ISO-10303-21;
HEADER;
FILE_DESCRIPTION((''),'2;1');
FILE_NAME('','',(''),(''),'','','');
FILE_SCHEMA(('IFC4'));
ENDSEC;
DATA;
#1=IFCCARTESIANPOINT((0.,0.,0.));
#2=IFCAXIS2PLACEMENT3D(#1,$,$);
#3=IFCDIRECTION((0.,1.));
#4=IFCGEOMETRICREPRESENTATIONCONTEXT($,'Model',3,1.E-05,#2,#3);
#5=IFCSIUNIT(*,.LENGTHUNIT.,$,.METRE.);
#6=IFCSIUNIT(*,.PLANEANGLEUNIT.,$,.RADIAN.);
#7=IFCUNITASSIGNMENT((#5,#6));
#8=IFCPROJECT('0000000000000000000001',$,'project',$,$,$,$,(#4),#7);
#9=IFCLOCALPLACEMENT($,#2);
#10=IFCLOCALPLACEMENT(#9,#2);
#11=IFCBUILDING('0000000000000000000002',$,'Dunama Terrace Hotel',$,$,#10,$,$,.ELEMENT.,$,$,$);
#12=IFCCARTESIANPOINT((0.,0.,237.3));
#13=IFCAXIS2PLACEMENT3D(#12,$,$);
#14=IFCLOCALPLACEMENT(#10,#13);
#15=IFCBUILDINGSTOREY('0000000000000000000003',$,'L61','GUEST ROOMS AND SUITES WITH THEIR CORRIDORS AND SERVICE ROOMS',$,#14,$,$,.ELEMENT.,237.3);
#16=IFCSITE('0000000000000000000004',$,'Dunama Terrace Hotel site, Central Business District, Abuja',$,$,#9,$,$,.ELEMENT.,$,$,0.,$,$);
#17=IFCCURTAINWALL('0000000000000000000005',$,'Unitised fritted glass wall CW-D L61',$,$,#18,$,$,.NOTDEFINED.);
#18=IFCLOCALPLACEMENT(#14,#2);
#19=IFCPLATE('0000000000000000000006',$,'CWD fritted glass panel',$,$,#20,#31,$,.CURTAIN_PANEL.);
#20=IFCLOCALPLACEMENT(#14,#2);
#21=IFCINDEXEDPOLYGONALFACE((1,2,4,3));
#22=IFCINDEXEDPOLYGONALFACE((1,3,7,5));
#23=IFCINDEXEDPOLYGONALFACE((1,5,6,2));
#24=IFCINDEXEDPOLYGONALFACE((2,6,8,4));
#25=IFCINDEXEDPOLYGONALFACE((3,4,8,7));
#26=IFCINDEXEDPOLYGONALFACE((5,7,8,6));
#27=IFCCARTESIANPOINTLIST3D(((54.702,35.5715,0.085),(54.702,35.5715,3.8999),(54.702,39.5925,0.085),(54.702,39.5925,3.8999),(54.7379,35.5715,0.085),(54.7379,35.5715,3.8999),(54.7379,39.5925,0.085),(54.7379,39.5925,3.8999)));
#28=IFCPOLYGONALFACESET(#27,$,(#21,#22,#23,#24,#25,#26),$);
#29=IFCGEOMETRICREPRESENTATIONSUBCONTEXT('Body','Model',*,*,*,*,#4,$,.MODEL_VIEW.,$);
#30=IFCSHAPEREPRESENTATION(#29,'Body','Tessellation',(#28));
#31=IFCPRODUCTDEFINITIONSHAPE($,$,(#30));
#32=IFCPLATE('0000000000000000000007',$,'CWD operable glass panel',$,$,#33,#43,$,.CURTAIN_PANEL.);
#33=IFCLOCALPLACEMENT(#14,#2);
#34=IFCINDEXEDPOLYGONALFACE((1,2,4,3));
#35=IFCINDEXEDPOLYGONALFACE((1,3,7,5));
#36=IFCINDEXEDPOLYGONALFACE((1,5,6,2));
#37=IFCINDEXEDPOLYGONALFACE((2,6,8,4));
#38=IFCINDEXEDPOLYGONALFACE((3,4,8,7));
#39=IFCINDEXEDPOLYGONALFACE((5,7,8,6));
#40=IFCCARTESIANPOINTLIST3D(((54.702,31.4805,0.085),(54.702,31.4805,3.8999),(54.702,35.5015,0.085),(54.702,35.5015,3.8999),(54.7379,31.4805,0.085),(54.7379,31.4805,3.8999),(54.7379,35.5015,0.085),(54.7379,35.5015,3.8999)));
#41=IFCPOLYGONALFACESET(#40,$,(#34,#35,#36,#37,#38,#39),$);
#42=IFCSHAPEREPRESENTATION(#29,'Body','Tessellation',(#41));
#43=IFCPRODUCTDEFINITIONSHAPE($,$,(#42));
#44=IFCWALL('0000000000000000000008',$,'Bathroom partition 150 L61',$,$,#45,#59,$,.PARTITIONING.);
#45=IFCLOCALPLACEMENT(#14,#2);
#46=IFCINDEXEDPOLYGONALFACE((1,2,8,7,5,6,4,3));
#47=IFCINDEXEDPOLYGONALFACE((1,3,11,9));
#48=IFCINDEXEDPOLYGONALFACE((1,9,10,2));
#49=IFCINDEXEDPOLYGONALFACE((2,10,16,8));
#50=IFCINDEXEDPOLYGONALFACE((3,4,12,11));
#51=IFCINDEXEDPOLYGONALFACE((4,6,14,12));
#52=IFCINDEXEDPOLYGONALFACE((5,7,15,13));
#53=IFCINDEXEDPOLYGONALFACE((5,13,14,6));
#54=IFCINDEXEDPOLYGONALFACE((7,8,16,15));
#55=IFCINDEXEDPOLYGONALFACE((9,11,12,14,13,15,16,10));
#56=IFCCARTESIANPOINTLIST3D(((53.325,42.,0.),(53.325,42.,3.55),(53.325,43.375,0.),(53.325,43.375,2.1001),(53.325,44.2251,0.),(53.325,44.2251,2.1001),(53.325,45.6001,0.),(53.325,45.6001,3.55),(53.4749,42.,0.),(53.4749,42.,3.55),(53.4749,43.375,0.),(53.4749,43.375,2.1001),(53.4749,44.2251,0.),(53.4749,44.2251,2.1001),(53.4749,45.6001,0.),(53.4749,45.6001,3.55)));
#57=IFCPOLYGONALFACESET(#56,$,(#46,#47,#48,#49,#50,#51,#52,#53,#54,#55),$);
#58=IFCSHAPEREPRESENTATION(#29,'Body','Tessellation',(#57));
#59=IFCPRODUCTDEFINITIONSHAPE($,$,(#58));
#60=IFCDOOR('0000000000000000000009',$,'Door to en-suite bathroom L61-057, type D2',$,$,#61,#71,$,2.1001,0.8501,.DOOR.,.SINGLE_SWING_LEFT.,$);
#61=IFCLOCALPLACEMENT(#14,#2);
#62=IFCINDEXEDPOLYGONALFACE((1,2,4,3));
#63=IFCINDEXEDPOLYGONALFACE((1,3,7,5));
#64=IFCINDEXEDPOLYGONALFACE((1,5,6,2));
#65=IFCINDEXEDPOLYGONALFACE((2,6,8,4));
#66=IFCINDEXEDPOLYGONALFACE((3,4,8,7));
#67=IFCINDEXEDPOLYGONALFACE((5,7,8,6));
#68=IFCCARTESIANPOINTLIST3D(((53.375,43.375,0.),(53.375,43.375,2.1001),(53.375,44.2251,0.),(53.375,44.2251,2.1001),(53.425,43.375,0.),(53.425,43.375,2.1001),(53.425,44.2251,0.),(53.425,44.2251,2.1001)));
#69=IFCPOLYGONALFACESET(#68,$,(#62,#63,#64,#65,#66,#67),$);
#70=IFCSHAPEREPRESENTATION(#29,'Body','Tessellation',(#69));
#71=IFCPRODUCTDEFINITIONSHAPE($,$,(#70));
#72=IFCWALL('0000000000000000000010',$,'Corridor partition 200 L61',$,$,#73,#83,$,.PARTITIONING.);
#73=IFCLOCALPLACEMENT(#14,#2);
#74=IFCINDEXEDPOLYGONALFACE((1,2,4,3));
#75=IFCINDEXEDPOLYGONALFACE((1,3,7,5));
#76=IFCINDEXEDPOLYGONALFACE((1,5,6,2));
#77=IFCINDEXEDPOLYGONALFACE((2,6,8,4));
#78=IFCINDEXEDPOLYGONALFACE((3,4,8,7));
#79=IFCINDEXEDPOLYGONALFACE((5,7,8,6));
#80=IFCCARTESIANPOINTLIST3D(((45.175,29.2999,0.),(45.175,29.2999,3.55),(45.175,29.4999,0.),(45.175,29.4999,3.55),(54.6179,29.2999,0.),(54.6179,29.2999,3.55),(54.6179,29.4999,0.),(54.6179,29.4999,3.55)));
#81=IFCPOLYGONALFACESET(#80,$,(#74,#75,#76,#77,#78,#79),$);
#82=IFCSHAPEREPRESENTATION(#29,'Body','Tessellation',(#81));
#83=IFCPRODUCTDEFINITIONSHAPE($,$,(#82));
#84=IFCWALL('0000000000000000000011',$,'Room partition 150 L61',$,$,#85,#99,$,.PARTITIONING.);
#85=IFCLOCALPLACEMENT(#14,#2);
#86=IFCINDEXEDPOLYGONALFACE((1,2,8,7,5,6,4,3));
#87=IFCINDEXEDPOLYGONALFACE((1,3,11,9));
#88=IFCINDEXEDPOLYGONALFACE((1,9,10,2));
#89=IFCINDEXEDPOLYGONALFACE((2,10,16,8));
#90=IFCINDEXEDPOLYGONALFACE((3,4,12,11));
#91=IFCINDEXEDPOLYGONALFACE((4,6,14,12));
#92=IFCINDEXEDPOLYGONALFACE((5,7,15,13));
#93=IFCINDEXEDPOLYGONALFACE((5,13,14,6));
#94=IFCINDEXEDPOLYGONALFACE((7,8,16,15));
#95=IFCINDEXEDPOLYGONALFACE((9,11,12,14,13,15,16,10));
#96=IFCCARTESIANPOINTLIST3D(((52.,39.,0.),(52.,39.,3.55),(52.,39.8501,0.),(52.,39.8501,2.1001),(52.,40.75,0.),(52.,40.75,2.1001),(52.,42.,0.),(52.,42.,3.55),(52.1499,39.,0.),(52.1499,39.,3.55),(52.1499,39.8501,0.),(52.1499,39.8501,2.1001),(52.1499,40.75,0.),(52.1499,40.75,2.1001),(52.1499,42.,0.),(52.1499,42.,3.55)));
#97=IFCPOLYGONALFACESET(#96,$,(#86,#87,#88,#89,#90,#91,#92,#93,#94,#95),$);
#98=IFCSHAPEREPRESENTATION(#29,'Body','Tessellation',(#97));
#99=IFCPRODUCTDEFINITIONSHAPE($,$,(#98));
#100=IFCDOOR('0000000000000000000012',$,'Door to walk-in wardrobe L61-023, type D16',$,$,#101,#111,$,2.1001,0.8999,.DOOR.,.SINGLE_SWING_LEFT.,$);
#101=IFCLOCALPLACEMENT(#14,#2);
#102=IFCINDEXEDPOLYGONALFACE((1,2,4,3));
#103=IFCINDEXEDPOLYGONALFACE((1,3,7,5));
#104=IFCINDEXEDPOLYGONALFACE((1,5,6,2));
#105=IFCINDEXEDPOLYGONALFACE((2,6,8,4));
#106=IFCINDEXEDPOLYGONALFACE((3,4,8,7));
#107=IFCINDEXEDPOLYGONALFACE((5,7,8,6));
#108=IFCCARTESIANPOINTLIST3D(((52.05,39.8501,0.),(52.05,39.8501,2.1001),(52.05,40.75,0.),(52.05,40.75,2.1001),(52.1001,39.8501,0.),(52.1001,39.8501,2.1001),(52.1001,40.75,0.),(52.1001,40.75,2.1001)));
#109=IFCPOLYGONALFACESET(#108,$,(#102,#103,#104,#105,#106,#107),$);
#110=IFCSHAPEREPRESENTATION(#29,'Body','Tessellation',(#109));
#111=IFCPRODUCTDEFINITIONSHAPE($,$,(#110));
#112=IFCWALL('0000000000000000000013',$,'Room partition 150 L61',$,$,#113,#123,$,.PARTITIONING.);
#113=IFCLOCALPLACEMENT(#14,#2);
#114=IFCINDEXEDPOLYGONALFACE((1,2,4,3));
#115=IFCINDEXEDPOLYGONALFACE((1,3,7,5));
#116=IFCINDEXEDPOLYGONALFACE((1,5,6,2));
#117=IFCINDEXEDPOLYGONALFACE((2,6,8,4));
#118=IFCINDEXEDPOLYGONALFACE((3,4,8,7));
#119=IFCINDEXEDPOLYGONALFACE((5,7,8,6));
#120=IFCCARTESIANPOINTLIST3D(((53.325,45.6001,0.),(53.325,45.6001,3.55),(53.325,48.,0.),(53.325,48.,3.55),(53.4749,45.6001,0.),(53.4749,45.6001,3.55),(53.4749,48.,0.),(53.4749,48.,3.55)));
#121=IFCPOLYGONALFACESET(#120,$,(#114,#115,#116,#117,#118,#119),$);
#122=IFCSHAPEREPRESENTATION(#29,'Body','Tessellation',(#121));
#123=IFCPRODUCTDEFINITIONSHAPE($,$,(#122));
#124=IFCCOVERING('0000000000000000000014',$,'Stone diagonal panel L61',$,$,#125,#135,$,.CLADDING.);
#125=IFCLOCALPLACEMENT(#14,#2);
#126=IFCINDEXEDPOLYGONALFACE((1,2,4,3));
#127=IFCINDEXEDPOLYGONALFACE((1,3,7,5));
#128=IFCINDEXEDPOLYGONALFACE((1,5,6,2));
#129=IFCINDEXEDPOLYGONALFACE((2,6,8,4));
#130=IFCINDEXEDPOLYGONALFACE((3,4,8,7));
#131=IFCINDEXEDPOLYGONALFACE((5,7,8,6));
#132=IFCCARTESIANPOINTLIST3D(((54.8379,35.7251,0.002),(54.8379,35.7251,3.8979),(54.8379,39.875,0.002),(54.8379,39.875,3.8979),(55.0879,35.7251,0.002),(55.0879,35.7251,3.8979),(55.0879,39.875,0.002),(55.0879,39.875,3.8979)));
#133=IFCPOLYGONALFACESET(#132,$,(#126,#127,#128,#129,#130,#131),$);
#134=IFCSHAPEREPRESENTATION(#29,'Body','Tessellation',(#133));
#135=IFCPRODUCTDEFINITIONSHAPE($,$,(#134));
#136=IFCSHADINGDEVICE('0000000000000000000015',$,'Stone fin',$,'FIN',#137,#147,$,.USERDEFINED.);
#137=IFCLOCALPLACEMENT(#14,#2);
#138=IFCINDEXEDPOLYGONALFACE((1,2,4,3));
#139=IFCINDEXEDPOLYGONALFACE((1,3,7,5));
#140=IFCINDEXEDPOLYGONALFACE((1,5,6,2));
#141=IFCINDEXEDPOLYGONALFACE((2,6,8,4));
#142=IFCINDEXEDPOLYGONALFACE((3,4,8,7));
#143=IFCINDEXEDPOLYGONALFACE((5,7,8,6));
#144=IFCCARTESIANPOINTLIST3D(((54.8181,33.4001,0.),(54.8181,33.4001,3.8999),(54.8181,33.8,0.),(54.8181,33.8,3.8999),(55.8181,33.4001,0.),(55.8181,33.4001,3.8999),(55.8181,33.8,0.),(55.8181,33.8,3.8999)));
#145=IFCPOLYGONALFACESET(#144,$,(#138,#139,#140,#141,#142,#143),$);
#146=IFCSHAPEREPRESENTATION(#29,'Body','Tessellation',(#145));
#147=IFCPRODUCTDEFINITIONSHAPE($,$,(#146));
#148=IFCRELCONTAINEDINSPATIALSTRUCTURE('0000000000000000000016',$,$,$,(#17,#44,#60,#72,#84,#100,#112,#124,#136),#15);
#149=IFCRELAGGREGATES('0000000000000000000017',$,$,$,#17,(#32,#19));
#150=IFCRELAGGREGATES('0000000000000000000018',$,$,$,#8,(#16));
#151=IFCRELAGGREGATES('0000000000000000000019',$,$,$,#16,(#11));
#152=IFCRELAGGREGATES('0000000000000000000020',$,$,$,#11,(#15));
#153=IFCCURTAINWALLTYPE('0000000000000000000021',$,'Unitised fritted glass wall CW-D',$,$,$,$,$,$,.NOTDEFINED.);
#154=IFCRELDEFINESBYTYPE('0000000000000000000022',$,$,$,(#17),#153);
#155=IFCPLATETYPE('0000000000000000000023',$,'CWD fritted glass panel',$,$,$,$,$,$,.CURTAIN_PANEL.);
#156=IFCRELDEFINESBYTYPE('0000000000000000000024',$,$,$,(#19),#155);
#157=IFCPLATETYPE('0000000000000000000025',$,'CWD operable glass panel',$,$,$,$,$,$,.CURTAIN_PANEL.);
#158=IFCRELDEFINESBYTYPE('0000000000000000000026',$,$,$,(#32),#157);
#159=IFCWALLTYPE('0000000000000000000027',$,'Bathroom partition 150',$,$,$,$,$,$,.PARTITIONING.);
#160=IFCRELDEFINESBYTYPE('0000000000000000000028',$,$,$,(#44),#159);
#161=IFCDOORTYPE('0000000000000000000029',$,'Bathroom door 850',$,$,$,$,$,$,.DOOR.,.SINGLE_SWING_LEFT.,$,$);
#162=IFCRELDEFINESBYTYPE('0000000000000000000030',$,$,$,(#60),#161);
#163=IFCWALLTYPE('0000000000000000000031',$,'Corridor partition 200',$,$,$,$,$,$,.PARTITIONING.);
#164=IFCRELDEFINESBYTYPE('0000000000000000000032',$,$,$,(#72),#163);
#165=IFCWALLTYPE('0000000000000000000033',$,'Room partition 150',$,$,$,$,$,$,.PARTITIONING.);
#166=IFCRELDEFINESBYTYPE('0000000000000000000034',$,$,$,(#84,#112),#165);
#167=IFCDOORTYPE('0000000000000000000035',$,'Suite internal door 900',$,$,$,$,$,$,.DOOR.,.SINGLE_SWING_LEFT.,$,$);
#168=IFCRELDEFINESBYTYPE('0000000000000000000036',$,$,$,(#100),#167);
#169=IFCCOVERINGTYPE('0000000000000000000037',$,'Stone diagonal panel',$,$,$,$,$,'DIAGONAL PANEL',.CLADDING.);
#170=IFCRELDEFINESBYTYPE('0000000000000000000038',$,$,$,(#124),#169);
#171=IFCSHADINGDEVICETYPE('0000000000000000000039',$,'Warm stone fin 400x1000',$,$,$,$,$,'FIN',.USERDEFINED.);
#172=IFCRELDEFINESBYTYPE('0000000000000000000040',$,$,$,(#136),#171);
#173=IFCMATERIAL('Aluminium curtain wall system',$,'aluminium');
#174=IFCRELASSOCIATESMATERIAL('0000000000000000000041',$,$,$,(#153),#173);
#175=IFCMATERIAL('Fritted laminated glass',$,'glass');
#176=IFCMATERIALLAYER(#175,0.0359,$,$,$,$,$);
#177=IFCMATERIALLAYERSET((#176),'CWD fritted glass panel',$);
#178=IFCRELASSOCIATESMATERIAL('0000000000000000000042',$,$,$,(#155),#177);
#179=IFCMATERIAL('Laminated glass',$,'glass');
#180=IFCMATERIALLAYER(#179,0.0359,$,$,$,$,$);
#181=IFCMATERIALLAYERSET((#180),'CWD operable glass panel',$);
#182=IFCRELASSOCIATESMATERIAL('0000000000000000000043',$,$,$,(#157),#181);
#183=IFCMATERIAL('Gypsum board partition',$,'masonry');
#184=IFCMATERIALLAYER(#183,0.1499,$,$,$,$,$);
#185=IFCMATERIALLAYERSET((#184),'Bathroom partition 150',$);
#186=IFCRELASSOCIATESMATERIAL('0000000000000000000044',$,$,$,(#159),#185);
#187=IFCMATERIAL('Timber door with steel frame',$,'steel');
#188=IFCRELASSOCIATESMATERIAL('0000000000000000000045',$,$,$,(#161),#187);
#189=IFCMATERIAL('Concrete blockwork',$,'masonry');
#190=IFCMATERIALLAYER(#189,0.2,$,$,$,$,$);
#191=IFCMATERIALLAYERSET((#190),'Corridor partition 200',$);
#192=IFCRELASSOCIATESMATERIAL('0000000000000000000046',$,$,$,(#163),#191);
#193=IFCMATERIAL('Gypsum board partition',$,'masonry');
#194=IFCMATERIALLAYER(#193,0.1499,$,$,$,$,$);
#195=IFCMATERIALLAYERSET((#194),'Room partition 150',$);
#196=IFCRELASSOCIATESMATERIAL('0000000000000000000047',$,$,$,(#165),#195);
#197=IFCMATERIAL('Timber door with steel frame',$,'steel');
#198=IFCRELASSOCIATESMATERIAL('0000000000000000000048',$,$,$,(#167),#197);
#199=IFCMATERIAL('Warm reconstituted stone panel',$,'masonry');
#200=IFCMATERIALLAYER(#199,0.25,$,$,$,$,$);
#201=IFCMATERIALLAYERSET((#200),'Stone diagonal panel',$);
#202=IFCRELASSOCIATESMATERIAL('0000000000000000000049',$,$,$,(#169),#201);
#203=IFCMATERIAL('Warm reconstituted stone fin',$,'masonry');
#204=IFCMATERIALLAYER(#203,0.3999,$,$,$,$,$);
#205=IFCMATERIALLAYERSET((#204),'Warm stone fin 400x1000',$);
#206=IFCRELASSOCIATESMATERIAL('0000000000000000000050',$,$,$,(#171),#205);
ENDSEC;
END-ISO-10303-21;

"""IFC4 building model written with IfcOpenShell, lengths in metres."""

from ifc_helpers import new_model, si_unit, direction, frame, frame_2d, origin, origin_2d, place, context, subcontext, project, spatial, rectangle, extrude, material, layer, layer_set, type_object, element, fill, aggregate, save


model = new_model("IFC4")

# Units and contexts
model_context = context("Model", 3, precision=1e-05, world=origin(), true_north=direction((0.0, 1.0)))
body_context = subcontext(model_context, "Body", "Model", "MODEL_VIEW")
ifc_project = project(units=[si_unit("LENGTHUNIT", "METRE"), si_unit("PLANEANGLEUNIT", "RADIAN")], contexts=[model_context])

# Site, building, storey
site_placement = place(None, origin())
site = spatial("IfcSite", under=ifc_project, at=site_placement, Name="Dunama Terrace Hotel site, Central Business District, Abuja", CompositionType="ELEMENT", RefElevation=0.0)
building_placement = place(site_placement, origin())
building = spatial("IfcBuilding", under=site, at=building_placement, Name="Dunama Terrace Hotel", CompositionType="ELEMENT")
storey_placement = place(building_placement, frame((0.0, 0.0, 237.3)))
storey = spatial("IfcBuildingStorey", under=building, at=storey_placement, Name="L61", Description="GUEST ROOMS AND SUITES WITH THEIR CORRIDORS AND SERVICE ROOMS", CompositionType="ELEMENT", Elevation=237.3)

# Curtain wall
ifc_material_1 = material(Name="Aluminium curtain wall system", Category="aluminium")
curtain_wall_type = type_object("IfcCurtainWallType", Name="Unitised fritted glass wall CW-D", PredefinedType="NOTDEFINED", material=ifc_material_1)
curtain_wall_placement = place(storey_placement, origin())
curtain_wall = element("IfcCurtainWall", 1, at=curtain_wall_placement, inside=storey, type_object=curtain_wall_type, Name="Unitised fritted glass wall CW-D L61", PredefinedType="NOTDEFINED")

# Plates
ifc_material_2 = material(Name="Fritted laminated glass", Category="glass")
ifc_layer_1 = layer(ifc_material_2, 0.0359)
ifc_layer_set_1 = layer_set([ifc_layer_1], Name="CWD fritted glass panel")
plate_type_1 = type_object("IfcPlateType", Name="CWD fritted glass panel", PredefinedType="CURTAIN_PANEL", material=ifc_layer_set_1)
plate_1_placement = place(storey_placement, frame((54.72, 37.582, 0.085), z_axis=(0.0, 0.0, 1.0), x_axis=(0.0, 1.0, 0.0)))
plate_1 = element("IfcPlate", 2, at=plate_1_placement, type_object=plate_type_1, Name="CWD fritted glass panel", PredefinedType="CURTAIN_PANEL", context=body_context, shape_type="SweptSolid", body=[
    extrude(rectangle(XDim=4.021, YDim=0.0359, at=origin_2d()), origin(), (0.0, 0.0, 1.0), 3.8149),
])
ifc_material_3 = material(Name="Laminated glass", Category="glass")
ifc_layer_2 = layer(ifc_material_3, 0.0359)
ifc_layer_set_2 = layer_set([ifc_layer_2], Name="CWD operable glass panel")
plate_type_2 = type_object("IfcPlateType", Name="CWD operable glass panel", PredefinedType="CURTAIN_PANEL", material=ifc_layer_set_2)
plate_2_placement = place(storey_placement, frame((54.72, 33.491, 0.085), z_axis=(0.0, 0.0, 1.0), x_axis=(0.0, 1.0, 0.0)))
plate_2 = element("IfcPlate", 3, at=plate_2_placement, type_object=plate_type_2, Name="CWD operable glass panel", PredefinedType="CURTAIN_PANEL", context=body_context, shape_type="SweptSolid", body=[
    extrude(rectangle(XDim=4.021, YDim=0.0359, at=origin_2d()), origin(), (0.0, 0.0, 1.0), 3.8149),
])
aggregate(curtain_wall, [plate_2, plate_1])

# Wall, opening, door
ifc_material_4 = material(Name="Gypsum board partition", Category="masonry")
ifc_layer_3 = layer(ifc_material_4, 0.1499)
ifc_layer_set_3 = layer_set([ifc_layer_3], Name="Bathroom partition 150")
wall_type_1 = type_object("IfcWallType", Name="Bathroom partition 150", PredefinedType="PARTITIONING", material=ifc_layer_set_3)
wall_1_placement = place(storey_placement, frame((53.3999, 42.0, 0.0), z_axis=(0.0, 0.0, 1.0), x_axis=(0.0, 1.0, 0.0)))
wall_1 = element("IfcWall", 4, at=wall_1_placement, inside=storey, type_object=wall_type_1, Name="Bathroom partition 150 L61", PredefinedType="PARTITIONING", context=body_context, shape_type="SweptSolid", body=[
    extrude(rectangle(XDim=3.6001, YDim=0.1499, at=frame_2d((1.8, 0.0))), origin(), (0.0, 0.0, 1.0), 3.55),
])
opening_1_placement = place(wall_1_placement, frame((1.375, 0.0, 0.0)))
opening_1 = element("IfcOpeningElement", 5, at=opening_1_placement, cuts=wall_1, PredefinedType="OPENING", context=body_context, shape_type="SweptSolid", body=[
    extrude(rectangle(XDim=0.8501, YDim=2.1001, at=frame_2d((0.425, 1.05))), frame((0.0, 0.085, 0.0), z_axis=(0.0, -1.0, 0.0), x_axis=(1.0, 0.0, 0.0)), (0.0, 0.0, 1.0), 0.1699),
])
ifc_material_5 = material(Name="Timber door with steel frame", Category="steel")
door_type_1 = type_object("IfcDoorType", Name="Bathroom door 850", OperationType="SINGLE_SWING_LEFT", PredefinedType="DOOR", material=ifc_material_5)
door_1_placement = place(opening_1_placement, origin())
door_1 = element("IfcDoor", 6, at=door_1_placement, inside=storey, type_object=door_type_1, Name="Door to en-suite bathroom L61-057, type D2", OperationType="SINGLE_SWING_LEFT", OverallHeight=2.1001, OverallWidth=0.8501, PredefinedType="DOOR", context=body_context, shape_type="SweptSolid", body=[
    extrude(rectangle(XDim=0.8501, YDim=2.1001, at=frame_2d((0.425, 1.05))), frame((0.0, 0.0249, 0.0), z_axis=(0.0, -1.0, 0.0), x_axis=(1.0, 0.0, 0.0)), (0.0, 0.0, 1.0), 0.05),
])
fill(opening_1, door_1)

# Wall
ifc_material_6 = material(Name="Concrete blockwork", Category="masonry")
ifc_layer_4 = layer(ifc_material_6, 0.2)
ifc_layer_set_4 = layer_set([ifc_layer_4], Name="Corridor partition 200")
wall_type_2 = type_object("IfcWallType", Name="Corridor partition 200", PredefinedType="PARTITIONING", material=ifc_layer_set_4)
wall_2_placement = place(storey_placement, frame((54.6179, 29.3999, 0.0), z_axis=(0.0, 0.0, 1.0), x_axis=(-1.0, 0.0, 0.0)))
element("IfcWall", 7, at=wall_2_placement, inside=storey, type_object=wall_type_2, Name="Corridor partition 200 L61", PredefinedType="PARTITIONING", context=body_context, shape_type="SweptSolid", body=[
    extrude(rectangle(XDim=9.4429, YDim=0.2, at=frame_2d((4.7214, 0.0))), origin(), (0.0, 0.0, 1.0), 3.55),
])

# Wall, opening, door
ifc_material_7 = material(Name="Gypsum board partition", Category="masonry")
ifc_layer_5 = layer(ifc_material_7, 0.1499)
ifc_layer_set_5 = layer_set([ifc_layer_5], Name="Room partition 150")
wall_type_3 = type_object("IfcWallType", Name="Room partition 150", PredefinedType="PARTITIONING", material=ifc_layer_set_5)
wall_3_placement = place(storey_placement, frame((52.075, 39.0, 0.0), z_axis=(0.0, 0.0, 1.0), x_axis=(0.0, 1.0, 0.0)))
wall_3 = element("IfcWall", 8, at=wall_3_placement, inside=storey, type_object=wall_type_3, Name="Room partition 150 L61", PredefinedType="PARTITIONING", context=body_context, shape_type="SweptSolid", body=[
    extrude(rectangle(XDim=3.0, YDim=0.1499, at=frame_2d((1.5, 0.0))), origin(), (0.0, 0.0, 1.0), 3.55),
])
opening_2_placement = place(wall_3_placement, frame((0.8501, 0.0, 0.0)))
opening_2 = element("IfcOpeningElement", 9, at=opening_2_placement, cuts=wall_3, PredefinedType="OPENING", context=body_context, shape_type="SweptSolid", body=[
    extrude(rectangle(XDim=0.8999, YDim=2.1001, at=frame_2d((0.45, 1.05))), frame((0.0, 0.085, 0.0), z_axis=(0.0, -1.0, 0.0), x_axis=(1.0, 0.0, 0.0)), (0.0, 0.0, 1.0), 0.1699),
])
ifc_material_8 = material(Name="Timber door with steel frame", Category="steel")
door_type_2 = type_object("IfcDoorType", Name="Suite internal door 900", OperationType="SINGLE_SWING_LEFT", PredefinedType="DOOR", material=ifc_material_8)
door_2_placement = place(opening_2_placement, origin())
door_2 = element("IfcDoor", 10, at=door_2_placement, inside=storey, type_object=door_type_2, Name="Door to walk-in wardrobe L61-023, type D16", OperationType="SINGLE_SWING_LEFT", OverallHeight=2.1001, OverallWidth=0.8999, PredefinedType="DOOR", context=body_context, shape_type="SweptSolid", body=[
    extrude(rectangle(XDim=0.8999, YDim=2.1001, at=frame_2d((0.45, 1.05))), frame((0.0, 0.0249, 0.0), z_axis=(0.0, -1.0, 0.0), x_axis=(1.0, 0.0, 0.0)), (0.0, 0.0, 1.0), 0.05),
])
fill(opening_2, door_2)

# Wall
wall_4_placement = place(storey_placement, frame((53.3999, 45.6001, 0.0), z_axis=(0.0, 0.0, 1.0), x_axis=(0.0, 1.0, 0.0)))
element("IfcWall", 11, at=wall_4_placement, inside=storey, type_object=wall_type_3, Name="Room partition 150 L61", PredefinedType="PARTITIONING", context=body_context, shape_type="SweptSolid", body=[
    extrude(rectangle(XDim=2.3999, YDim=0.1499, at=frame_2d((1.2, 0.0))), origin(), (0.0, 0.0, 1.0), 3.55),
])

# Covering
ifc_material_9 = material(Name="Warm reconstituted stone panel", Category="masonry")
ifc_layer_6 = layer(ifc_material_9, 0.25)
ifc_layer_set_6 = layer_set([ifc_layer_6], Name="Stone diagonal panel")
covering_type = type_object("IfcCoveringType", Name="Stone diagonal panel", ElementType="DIAGONAL PANEL", PredefinedType="CLADDING", material=ifc_layer_set_6)
covering_placement = place(storey_placement, frame((54.9629, 37.8, 0.002), z_axis=(0.0, 0.0, 1.0), x_axis=(0.0, 1.0, 0.0)))
element("IfcCovering", 12, at=covering_placement, inside=storey, type_object=covering_type, Name="Stone diagonal panel L61", PredefinedType="CLADDING", context=body_context, shape_type="SweptSolid", body=[
    extrude(rectangle(XDim=4.1499, YDim=0.25, at=origin_2d()), origin(), (0.0, 0.0, 1.0), 3.896),
])

# Shading device
ifc_material_10 = material(Name="Warm reconstituted stone fin", Category="masonry")
ifc_layer_7 = layer(ifc_material_10, 0.3999)
ifc_layer_set_7 = layer_set([ifc_layer_7], Name="Warm stone fin 400x1000")
shading_device_type = type_object("IfcShadingDeviceType", Name="Warm stone fin 400x1000", ElementType="FIN", PredefinedType="USERDEFINED", material=ifc_layer_set_7)
shading_device_placement = place(storey_placement, frame((55.3181, 33.6001, 0.0), z_axis=(0.0, 0.0, 1.0), x_axis=(0.0, 1.0, 0.0)))
element("IfcShadingDevice", 13, at=shading_device_placement, inside=storey, type_object=shading_device_type, Name="Stone fin", ObjectType="FIN", PredefinedType="USERDEFINED", context=body_context, shape_type="SweptSolid", body=[
    extrude(rectangle(XDim=0.3999, YDim=1.0, at=origin_2d()), origin(), (0.0, 0.0, 1.0), 3.8999),
])

save(model, "model.ifc")
